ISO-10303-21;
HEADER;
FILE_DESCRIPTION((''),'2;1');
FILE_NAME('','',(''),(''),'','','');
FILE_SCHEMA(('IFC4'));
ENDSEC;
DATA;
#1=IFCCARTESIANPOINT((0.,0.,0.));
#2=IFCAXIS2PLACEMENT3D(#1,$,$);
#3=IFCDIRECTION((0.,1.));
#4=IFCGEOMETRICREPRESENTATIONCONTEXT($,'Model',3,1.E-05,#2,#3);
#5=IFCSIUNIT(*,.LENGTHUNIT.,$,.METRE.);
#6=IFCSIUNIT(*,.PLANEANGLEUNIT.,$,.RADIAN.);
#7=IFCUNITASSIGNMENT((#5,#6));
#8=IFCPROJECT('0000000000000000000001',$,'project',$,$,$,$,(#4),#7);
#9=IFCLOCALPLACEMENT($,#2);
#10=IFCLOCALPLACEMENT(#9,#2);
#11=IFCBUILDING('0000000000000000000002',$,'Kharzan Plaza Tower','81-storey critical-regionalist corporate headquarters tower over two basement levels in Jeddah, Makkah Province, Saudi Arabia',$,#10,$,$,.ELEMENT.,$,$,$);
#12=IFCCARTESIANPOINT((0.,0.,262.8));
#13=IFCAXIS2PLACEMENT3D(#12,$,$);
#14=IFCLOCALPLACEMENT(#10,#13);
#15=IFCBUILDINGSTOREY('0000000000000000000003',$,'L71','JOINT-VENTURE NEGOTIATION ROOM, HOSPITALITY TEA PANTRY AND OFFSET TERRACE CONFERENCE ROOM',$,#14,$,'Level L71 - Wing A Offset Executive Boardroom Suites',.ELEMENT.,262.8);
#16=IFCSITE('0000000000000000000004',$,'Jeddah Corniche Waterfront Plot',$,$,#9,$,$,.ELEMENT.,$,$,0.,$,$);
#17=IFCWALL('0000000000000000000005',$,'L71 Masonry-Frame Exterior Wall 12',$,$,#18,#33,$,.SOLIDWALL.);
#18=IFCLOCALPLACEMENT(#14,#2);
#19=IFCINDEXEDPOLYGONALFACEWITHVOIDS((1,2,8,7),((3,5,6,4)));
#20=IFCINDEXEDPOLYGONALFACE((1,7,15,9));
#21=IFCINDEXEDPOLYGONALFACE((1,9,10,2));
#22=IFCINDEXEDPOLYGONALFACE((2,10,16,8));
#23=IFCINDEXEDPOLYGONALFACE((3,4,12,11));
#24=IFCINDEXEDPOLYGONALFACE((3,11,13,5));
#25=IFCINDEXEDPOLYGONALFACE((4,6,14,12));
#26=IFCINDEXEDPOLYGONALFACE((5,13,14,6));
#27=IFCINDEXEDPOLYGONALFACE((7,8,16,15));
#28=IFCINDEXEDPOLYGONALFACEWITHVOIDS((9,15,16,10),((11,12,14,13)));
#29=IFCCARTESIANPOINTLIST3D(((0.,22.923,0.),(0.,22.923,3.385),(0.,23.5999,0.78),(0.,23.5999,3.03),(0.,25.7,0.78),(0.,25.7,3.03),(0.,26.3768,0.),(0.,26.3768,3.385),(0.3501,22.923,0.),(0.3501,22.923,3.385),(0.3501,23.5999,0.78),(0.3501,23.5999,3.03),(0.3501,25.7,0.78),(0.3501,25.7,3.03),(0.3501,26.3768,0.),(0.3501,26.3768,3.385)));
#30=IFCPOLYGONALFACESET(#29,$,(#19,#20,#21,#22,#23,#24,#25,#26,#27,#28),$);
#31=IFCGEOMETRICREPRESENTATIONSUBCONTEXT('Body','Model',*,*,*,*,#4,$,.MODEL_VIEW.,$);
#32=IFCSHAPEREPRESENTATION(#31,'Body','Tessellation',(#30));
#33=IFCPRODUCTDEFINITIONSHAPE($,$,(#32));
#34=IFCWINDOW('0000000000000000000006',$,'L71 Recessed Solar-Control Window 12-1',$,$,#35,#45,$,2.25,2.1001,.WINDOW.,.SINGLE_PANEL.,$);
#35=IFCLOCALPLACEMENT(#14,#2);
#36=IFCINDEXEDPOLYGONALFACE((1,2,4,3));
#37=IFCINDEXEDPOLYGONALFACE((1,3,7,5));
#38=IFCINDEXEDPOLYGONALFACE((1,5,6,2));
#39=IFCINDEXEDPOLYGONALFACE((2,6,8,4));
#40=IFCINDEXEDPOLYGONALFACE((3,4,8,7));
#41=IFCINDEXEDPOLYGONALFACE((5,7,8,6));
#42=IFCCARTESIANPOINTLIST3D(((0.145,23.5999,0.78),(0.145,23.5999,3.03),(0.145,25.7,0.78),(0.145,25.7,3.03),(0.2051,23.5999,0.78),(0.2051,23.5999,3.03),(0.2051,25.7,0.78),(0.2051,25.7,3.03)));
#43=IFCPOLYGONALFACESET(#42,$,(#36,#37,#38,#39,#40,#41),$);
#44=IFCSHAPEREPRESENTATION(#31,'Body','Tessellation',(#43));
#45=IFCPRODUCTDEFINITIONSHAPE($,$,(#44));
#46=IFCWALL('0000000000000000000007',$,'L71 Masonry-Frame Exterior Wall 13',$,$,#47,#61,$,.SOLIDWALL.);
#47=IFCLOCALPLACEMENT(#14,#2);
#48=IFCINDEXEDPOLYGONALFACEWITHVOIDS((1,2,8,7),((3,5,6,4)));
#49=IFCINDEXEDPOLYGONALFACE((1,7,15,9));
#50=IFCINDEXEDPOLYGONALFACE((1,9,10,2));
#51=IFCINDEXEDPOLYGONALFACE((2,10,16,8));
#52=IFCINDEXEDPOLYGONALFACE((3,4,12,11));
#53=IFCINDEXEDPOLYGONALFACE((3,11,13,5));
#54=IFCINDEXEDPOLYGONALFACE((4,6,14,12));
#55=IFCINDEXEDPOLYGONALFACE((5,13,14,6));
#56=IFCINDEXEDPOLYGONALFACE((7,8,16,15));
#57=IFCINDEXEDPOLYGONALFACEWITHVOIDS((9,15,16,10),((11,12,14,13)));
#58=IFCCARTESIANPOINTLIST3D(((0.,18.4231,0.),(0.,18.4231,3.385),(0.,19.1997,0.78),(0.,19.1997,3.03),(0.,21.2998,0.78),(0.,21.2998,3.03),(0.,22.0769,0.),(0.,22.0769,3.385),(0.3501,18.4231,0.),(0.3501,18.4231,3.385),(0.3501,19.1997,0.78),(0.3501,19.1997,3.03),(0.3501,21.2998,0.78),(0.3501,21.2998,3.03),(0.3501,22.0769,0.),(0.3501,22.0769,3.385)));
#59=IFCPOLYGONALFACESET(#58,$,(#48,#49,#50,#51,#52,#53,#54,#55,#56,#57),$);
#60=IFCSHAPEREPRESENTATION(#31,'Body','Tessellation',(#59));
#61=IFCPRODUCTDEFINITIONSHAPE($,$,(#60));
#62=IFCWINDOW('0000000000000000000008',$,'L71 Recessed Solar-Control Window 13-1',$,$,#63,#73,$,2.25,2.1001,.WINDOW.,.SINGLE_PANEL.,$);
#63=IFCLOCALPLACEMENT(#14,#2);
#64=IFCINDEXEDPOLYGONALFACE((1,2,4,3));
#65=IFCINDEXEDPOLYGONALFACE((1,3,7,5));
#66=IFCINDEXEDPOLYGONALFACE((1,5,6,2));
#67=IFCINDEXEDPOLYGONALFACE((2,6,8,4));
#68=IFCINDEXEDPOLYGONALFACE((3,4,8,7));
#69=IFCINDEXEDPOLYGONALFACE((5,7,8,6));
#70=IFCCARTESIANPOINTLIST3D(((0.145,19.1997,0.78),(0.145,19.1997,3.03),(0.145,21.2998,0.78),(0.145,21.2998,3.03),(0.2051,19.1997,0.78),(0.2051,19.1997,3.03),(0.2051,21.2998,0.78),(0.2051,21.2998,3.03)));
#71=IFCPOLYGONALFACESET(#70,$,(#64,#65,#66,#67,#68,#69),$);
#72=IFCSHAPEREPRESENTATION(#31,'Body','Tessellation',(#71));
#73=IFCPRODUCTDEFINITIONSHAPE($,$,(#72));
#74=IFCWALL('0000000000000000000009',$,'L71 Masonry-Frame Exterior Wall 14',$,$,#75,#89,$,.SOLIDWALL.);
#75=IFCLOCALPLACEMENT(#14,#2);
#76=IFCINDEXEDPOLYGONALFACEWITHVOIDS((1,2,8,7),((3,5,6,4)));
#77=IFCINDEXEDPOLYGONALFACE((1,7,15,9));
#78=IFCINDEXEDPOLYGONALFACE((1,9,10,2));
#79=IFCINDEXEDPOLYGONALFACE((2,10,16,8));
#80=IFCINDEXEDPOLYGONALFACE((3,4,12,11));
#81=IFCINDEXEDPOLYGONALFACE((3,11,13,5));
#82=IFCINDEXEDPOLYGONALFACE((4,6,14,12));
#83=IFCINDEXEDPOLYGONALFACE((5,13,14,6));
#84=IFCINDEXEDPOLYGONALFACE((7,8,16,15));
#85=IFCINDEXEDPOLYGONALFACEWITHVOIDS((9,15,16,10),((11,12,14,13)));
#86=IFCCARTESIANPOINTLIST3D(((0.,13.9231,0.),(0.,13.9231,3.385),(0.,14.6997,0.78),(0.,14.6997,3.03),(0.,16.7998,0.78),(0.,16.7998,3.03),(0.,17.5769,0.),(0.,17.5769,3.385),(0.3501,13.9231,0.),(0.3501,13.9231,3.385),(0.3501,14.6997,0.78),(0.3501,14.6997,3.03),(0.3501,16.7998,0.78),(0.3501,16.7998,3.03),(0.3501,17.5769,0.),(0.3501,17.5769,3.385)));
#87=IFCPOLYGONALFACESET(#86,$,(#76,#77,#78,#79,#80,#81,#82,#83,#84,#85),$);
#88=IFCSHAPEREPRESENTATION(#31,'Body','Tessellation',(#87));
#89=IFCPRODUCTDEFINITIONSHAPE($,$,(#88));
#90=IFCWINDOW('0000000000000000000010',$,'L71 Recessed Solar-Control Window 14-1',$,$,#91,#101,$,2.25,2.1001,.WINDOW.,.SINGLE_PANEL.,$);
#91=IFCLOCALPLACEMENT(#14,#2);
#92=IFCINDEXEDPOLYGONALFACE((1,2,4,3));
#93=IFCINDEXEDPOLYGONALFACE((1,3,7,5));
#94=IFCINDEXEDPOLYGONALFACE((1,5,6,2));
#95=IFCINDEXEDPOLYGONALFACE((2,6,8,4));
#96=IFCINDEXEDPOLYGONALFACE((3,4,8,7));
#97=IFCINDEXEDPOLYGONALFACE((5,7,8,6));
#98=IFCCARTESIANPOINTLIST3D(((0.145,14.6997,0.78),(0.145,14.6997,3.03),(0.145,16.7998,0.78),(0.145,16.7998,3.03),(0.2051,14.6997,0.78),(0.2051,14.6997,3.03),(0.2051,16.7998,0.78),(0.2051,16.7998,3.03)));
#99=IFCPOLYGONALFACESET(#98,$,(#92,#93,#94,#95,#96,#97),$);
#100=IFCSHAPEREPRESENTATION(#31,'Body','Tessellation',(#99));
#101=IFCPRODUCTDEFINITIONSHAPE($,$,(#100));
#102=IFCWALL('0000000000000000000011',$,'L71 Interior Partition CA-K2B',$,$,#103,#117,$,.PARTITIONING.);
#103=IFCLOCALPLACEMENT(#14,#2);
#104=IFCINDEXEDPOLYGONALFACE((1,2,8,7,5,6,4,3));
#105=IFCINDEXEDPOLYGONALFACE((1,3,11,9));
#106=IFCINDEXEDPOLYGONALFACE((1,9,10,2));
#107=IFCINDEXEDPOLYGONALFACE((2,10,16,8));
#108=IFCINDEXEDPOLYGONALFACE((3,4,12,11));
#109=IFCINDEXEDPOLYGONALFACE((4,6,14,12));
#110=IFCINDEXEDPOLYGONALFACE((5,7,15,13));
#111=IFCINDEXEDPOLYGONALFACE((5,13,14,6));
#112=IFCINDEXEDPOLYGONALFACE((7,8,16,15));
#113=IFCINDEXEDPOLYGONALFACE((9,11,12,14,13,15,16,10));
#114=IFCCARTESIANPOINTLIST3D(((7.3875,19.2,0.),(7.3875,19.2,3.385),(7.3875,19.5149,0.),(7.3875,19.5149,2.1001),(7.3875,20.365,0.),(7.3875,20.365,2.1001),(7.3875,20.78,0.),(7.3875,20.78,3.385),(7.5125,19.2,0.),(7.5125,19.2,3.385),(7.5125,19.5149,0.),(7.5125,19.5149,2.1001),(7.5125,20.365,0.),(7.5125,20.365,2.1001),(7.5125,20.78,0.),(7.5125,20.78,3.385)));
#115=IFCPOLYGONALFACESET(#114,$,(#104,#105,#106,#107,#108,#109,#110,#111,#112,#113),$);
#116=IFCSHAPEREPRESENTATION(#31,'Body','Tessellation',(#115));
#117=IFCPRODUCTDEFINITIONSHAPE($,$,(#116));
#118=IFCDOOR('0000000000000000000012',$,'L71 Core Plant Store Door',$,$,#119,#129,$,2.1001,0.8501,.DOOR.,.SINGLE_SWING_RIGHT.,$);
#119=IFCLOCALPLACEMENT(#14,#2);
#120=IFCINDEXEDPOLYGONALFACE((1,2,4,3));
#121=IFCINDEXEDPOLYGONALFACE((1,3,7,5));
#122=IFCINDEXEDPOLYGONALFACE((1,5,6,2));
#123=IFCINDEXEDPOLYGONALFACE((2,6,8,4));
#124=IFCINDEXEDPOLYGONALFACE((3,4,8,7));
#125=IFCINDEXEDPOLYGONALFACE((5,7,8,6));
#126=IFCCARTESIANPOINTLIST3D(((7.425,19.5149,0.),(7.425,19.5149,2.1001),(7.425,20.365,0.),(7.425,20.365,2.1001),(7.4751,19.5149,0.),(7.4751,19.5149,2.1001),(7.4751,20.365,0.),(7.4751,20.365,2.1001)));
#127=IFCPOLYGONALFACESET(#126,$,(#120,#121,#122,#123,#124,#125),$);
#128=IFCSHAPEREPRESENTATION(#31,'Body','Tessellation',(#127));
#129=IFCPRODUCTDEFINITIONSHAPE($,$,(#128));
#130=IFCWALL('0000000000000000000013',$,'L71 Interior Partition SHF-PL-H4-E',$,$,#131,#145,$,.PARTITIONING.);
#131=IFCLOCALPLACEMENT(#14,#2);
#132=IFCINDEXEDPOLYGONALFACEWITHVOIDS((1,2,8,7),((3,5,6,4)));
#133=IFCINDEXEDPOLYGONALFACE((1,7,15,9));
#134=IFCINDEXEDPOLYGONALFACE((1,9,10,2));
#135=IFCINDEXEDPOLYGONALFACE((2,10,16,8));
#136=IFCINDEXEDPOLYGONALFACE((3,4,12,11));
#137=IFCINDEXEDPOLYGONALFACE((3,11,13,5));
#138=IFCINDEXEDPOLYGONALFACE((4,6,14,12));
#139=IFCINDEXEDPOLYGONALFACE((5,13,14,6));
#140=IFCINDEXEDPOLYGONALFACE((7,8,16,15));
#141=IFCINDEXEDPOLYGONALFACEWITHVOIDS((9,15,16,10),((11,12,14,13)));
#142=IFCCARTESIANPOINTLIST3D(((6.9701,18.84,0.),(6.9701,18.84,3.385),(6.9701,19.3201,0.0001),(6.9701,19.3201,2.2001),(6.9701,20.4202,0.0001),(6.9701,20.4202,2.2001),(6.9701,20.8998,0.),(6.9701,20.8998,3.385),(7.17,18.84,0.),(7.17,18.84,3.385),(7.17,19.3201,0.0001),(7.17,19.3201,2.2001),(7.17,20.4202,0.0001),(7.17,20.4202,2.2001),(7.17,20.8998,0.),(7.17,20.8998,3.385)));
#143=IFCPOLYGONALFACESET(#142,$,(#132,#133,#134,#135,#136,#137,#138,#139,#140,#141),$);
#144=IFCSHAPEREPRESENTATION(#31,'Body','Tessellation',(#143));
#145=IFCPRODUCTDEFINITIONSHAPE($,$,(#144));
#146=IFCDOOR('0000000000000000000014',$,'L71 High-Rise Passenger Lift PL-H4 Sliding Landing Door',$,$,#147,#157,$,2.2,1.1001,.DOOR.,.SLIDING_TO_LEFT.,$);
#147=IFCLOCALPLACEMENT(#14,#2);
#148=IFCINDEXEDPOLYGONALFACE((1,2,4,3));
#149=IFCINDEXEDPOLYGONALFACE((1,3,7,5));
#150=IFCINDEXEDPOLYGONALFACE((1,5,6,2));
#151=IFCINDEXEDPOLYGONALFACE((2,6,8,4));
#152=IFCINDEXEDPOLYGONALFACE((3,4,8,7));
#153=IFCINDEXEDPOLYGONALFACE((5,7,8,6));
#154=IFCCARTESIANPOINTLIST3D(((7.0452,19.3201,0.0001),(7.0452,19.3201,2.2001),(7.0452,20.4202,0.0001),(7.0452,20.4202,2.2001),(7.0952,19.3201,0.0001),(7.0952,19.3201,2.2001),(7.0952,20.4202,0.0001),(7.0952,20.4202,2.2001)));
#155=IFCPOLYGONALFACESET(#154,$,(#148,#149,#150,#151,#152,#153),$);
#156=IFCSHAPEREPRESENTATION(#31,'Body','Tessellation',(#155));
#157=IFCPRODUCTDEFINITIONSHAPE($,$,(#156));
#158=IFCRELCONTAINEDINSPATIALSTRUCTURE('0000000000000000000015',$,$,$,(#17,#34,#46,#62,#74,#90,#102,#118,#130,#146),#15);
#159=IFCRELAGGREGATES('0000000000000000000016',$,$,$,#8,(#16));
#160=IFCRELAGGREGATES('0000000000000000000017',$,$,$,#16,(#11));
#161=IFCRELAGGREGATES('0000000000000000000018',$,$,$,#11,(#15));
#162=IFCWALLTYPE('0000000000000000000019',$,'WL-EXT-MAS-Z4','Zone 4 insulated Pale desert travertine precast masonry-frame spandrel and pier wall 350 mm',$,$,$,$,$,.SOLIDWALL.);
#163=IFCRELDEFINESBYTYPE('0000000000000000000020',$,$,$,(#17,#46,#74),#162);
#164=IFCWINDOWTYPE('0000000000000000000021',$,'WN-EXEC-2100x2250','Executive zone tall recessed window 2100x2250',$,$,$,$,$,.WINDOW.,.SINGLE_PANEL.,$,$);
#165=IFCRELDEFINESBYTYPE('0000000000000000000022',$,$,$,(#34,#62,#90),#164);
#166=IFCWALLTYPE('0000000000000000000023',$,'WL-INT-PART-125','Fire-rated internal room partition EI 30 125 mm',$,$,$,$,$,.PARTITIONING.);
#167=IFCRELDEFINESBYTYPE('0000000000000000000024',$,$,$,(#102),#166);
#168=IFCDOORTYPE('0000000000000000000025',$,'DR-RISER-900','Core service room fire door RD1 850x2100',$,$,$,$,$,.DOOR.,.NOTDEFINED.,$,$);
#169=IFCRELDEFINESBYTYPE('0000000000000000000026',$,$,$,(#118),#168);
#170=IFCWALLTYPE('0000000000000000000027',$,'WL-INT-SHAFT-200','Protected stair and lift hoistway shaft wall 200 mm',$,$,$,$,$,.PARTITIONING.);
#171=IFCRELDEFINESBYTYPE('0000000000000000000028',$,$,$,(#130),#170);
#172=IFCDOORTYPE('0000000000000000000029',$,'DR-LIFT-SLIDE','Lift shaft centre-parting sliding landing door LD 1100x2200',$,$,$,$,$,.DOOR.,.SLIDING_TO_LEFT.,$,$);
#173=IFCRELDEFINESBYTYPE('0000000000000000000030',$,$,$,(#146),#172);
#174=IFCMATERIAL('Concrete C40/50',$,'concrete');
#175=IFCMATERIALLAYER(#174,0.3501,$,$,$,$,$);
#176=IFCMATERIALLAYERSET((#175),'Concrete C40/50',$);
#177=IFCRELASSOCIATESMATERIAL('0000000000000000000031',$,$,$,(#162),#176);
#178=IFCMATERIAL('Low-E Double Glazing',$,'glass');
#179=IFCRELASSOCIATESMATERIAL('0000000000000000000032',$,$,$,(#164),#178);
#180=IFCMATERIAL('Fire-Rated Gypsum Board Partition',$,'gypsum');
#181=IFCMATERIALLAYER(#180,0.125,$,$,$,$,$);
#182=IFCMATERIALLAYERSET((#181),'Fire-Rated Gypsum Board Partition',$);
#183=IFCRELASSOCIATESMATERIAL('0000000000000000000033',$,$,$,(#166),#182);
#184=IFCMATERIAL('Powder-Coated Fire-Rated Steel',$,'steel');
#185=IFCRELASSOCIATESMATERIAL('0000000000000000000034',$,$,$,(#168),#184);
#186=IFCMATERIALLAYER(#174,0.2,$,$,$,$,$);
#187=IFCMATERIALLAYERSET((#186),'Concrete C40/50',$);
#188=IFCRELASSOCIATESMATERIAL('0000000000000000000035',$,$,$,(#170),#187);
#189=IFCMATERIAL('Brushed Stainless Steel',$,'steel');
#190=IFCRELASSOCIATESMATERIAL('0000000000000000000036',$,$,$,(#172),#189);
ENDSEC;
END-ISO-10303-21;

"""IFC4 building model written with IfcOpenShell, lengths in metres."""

from ifc_helpers import new_model, si_unit, direction, frame, frame_2d, origin, place, context, subcontext, project, spatial, rectangle, extrude, source, transform, mapped, material, layer, layer_set, type_object, element, fill, save


model = new_model("IFC4")

# Units and contexts
model_context = context("Model", 3, precision=1e-05, world=origin(), true_north=direction((0.0, 1.0)))
body_context = subcontext(model_context, "Body", "Model", "MODEL_VIEW")
ifc_project = project(units=[si_unit("LENGTHUNIT", "METRE"), si_unit("PLANEANGLEUNIT", "RADIAN")], contexts=[model_context])

# Site, building, storey
site_placement = place(None, origin())
site = spatial("IfcSite", under=ifc_project, at=site_placement, Name="Jeddah Corniche Waterfront Plot", CompositionType="ELEMENT", RefElevation=0.0)
building_placement = place(site_placement, origin())
building = spatial("IfcBuilding", under=site, at=building_placement, Name="Kharzan Plaza Tower", Description="81-storey critical-regionalist corporate headquarters tower over two basement levels in Jeddah, Makkah Province, Saudi Arabia", CompositionType="ELEMENT")
storey_placement = place(building_placement, frame((0.0, 0.0, 262.8)))
storey = spatial("IfcBuildingStorey", under=building, at=storey_placement, Name="L71", Description="JOINT-VENTURE NEGOTIATION ROOM, HOSPITALITY TEA PANTRY AND OFFSET TERRACE CONFERENCE ROOM", LongName="Level L71 - Wing A Offset Executive Boardroom Suites", CompositionType="ELEMENT", Elevation=262.8)

# Walls, openings, windows
ifc_material_1 = material(Name="Concrete C40/50", Category="concrete")
ifc_layer_1 = layer(ifc_material_1, 0.3501)
ifc_layer_set_1 = layer_set([ifc_layer_1], Name="Concrete C40/50")
wall_type_1 = type_object("IfcWallType", Name="WL-EXT-MAS-Z4", Description="Zone 4 insulated Pale desert travertine precast masonry-frame spandrel and pier wall 350 mm", PredefinedType="SOLIDWALL", material=ifc_layer_set_1)
wall_1_placement = place(storey_placement, frame((0.175, 26.377, 0.0), z_axis=(0.0, 0.0, 1.0), x_axis=(0.0, -1.0, 0.0)))
wall_1 = element("IfcWall", 1, at=wall_1_placement, inside=storey, type_object=wall_type_1, Name="L71 Masonry-Frame Exterior Wall 12", PredefinedType="SOLIDWALL", context=body_context, shape_type="SweptSolid", body=[
    extrude(rectangle(XDim=3.4539, YDim=0.3501, at=frame_2d((1.7271, 0.0))), origin(), (0.0, 0.0, 1.0), 3.385),
])
opening_1_placement = place(wall_1_placement, frame((0.677, 0.0, 0.78)))
opening_1 = element("IfcOpeningElement", 2, at=opening_1_placement, cuts=wall_1, PredefinedType="OPENING", context=body_context, shape_type="SweptSolid", body=[
    extrude(rectangle(XDim=2.1001, YDim=2.25, at=frame_2d((1.05, 1.125))), frame((0.0, 0.1851, 0.0), z_axis=(0.0, -1.0, 0.0), x_axis=(1.0, 0.0, 0.0)), (0.0, 0.0, 1.0), 0.3701),
])
ifc_material_2 = material(Name="Low-E Double Glazing", Category="glass")
window_type = type_object("IfcWindowType", Name="WN-EXEC-2100x2250", Description="Executive zone tall recessed window 2100x2250", PartitioningType="SINGLE_PANEL", PredefinedType="WINDOW", material=ifc_material_2)
shared_shape_1 = source(origin(), body_context, "Body", "SweptSolid", [
    extrude(rectangle(XDim=2.1001, YDim=2.25, at=frame_2d((1.05, 1.125))), frame((0.0, 0.03, 0.0), z_axis=(0.0, -1.0, 0.0), x_axis=(1.0, 0.0, 0.0)), (0.0, 0.0, 1.0), 0.0601),
])
window_1_placement = place(opening_1_placement, origin())
window_1 = element("IfcWindow", 3, at=window_1_placement, inside=storey, type_object=window_type, Name="L71 Recessed Solar-Control Window 12-1", OverallHeight=2.25, OverallWidth=2.1001, PartitioningType="SINGLE_PANEL", PredefinedType="WINDOW", context=body_context, shape_type="MappedRepresentation", body=[
    mapped(shared_shape_1, transform((0.0, 0.0, 0.0), x_axis=(1.0, 0.0, 0.0), y_axis=(0.0, 1.0, 0.0), z_axis=(0.0, 0.0, 1.0))),
])
fill(opening_1, window_1)
wall_2_placement = place(storey_placement, frame((0.175, 22.0769, 0.0), z_axis=(0.0, 0.0, 1.0), x_axis=(0.0, -1.0, 0.0)))
wall_2 = element("IfcWall", 4, at=wall_2_placement, inside=storey, type_object=wall_type_1, Name="L71 Masonry-Frame Exterior Wall 13", PredefinedType="SOLIDWALL", context=body_context, shape_type="SweptSolid", body=[
    extrude(rectangle(XDim=3.6538, YDim=0.3501, at=frame_2d((1.8269, 0.0))), origin(), (0.0, 0.0, 1.0), 3.385),
])
opening_2_placement = place(wall_2_placement, frame((0.7771, 0.0, 0.78)))
opening_2 = element("IfcOpeningElement", 5, at=opening_2_placement, cuts=wall_2, PredefinedType="OPENING", context=body_context, shape_type="SweptSolid", body=[
    extrude(rectangle(XDim=2.1001, YDim=2.25, at=frame_2d((1.05, 1.125))), frame((0.0, 0.1851, 0.0), z_axis=(0.0, -1.0, 0.0), x_axis=(1.0, 0.0, 0.0)), (0.0, 0.0, 1.0), 0.3701),
])
window_2_placement = place(opening_2_placement, origin())
window_2 = element("IfcWindow", 6, at=window_2_placement, inside=storey, type_object=window_type, Name="L71 Recessed Solar-Control Window 13-1", OverallHeight=2.25, OverallWidth=2.1001, PartitioningType="SINGLE_PANEL", PredefinedType="WINDOW", context=body_context, shape_type="MappedRepresentation", body=[
    mapped(shared_shape_1, transform((0.0, 0.0, 0.0), x_axis=(1.0, 0.0, 0.0), y_axis=(0.0, 1.0, 0.0), z_axis=(0.0, 0.0, 1.0))),
])
fill(opening_2, window_2)
wall_3_placement = place(storey_placement, frame((0.175, 17.5769, 0.0), z_axis=(0.0, 0.0, 1.0), x_axis=(0.0, -1.0, 0.0)))
wall_3 = element("IfcWall", 7, at=wall_3_placement, inside=storey, type_object=wall_type_1, Name="L71 Masonry-Frame Exterior Wall 14", PredefinedType="SOLIDWALL", context=body_context, shape_type="SweptSolid", body=[
    extrude(rectangle(XDim=3.6538, YDim=0.3501, at=frame_2d((1.8269, 0.0))), origin(), (0.0, 0.0, 1.0), 3.385),
])
opening_3_placement = place(wall_3_placement, frame((0.7771, 0.0, 0.78)))
opening_3 = element("IfcOpeningElement", 8, at=opening_3_placement, cuts=wall_3, PredefinedType="OPENING", context=body_context, shape_type="SweptSolid", body=[
    extrude(rectangle(XDim=2.1001, YDim=2.25, at=frame_2d((1.05, 1.125))), frame((0.0, 0.1851, 0.0), z_axis=(0.0, -1.0, 0.0), x_axis=(1.0, 0.0, 0.0)), (0.0, 0.0, 1.0), 0.3701),
])
window_3_placement = place(opening_3_placement, origin())
window_3 = element("IfcWindow", 9, at=window_3_placement, inside=storey, type_object=window_type, Name="L71 Recessed Solar-Control Window 14-1", OverallHeight=2.25, OverallWidth=2.1001, PartitioningType="SINGLE_PANEL", PredefinedType="WINDOW", context=body_context, shape_type="MappedRepresentation", body=[
    mapped(shared_shape_1, transform((0.0, 0.0, 0.0), x_axis=(1.0, 0.0, 0.0), y_axis=(0.0, 1.0, 0.0), z_axis=(0.0, 0.0, 1.0))),
])
fill(opening_3, window_3)

# Walls, openings, doors
ifc_material_3 = material(Name="Fire-Rated Gypsum Board Partition", Category="gypsum")
ifc_layer_2 = layer(ifc_material_3, 0.125)
ifc_layer_set_2 = layer_set([ifc_layer_2], Name="Fire-Rated Gypsum Board Partition")
wall_type_2 = type_object("IfcWallType", Name="WL-INT-PART-125", Description="Fire-rated internal room partition EI 30 125 mm", PredefinedType="PARTITIONING", material=ifc_layer_set_2)
wall_4_placement = place(storey_placement, frame((7.45, 19.2, 0.0), z_axis=(0.0, 0.0, 1.0), x_axis=(0.0, 1.0, 0.0)))
wall_4 = element("IfcWall", 10, at=wall_4_placement, inside=storey, type_object=wall_type_2, Name="L71 Interior Partition CA-K2B", PredefinedType="PARTITIONING", context=body_context, shape_type="SweptSolid", body=[
    extrude(rectangle(XDim=1.5801, YDim=0.125, at=frame_2d((0.79, 0.0))), origin(), (0.0, 0.0, 1.0), 3.385),
])
opening_4_placement = place(wall_4_placement, frame((0.3149, 0.0, 0.0)))
opening_4 = element("IfcOpeningElement", 11, at=opening_4_placement, cuts=wall_4, PredefinedType="OPENING", context=body_context, shape_type="SweptSolid", body=[
    extrude(rectangle(XDim=0.8501, YDim=2.1001, at=frame_2d((0.425, 1.05))), frame((0.0, 0.0725, 0.0), z_axis=(0.0, -1.0, 0.0), x_axis=(1.0, 0.0, 0.0)), (0.0, 0.0, 1.0), 0.145),
])
ifc_material_4 = material(Name="Powder-Coated Fire-Rated Steel", Category="steel")
door_type_1 = type_object("IfcDoorType", Name="DR-RISER-900", Description="Core service room fire door RD1 850x2100", OperationType="NOTDEFINED", PredefinedType="DOOR", material=ifc_material_4)
shared_shape_2 = source(origin(), body_context, "Body", "SweptSolid", [
    extrude(rectangle(XDim=0.8501, YDim=2.1001, at=frame_2d((0.425, 1.05))), frame((0.0, 0.0249, 0.0), z_axis=(0.0, -1.0, 0.0), x_axis=(1.0, 0.0, 0.0)), (0.0, 0.0, 1.0), 0.05),
])
door_1_placement = place(opening_4_placement, origin())
door_1 = element("IfcDoor", 12, at=door_1_placement, inside=storey, type_object=door_type_1, Name="L71 Core Plant Store Door", OperationType="SINGLE_SWING_RIGHT", OverallHeight=2.1001, OverallWidth=0.8501, PredefinedType="DOOR", context=body_context, shape_type="MappedRepresentation", body=[
    mapped(shared_shape_2, transform((0.0, 0.0, 0.0), x_axis=(1.0, 0.0, 0.0), y_axis=(0.0, 1.0, 0.0), z_axis=(0.0, 0.0, 1.0))),
])
fill(opening_4, door_1)
ifc_layer_3 = layer(ifc_material_1, 0.2)
ifc_layer_set_3 = layer_set([ifc_layer_3], Name="Concrete C40/50")
wall_type_3 = type_object("IfcWallType", Name="WL-INT-SHAFT-200", Description="Protected stair and lift hoistway shaft wall 200 mm", PredefinedType="PARTITIONING", material=ifc_layer_set_3)
wall_5_placement = place(storey_placement, frame((7.0701, 18.8401, 0.0), z_axis=(0.0, 0.0, 1.0), x_axis=(0.0, 1.0, 0.0)))
wall_5 = element("IfcWall", 13, at=wall_5_placement, inside=storey, type_object=wall_type_3, Name="L71 Interior Partition SHF-PL-H4-E", PredefinedType="PARTITIONING", context=body_context, shape_type="SweptSolid", body=[
    extrude(rectangle(XDim=2.0598, YDim=0.2, at=frame_2d((1.0298, 0.0))), origin(), (0.0, 0.0, 1.0), 3.385),
])
opening_5_placement = place(wall_5_placement, frame((0.48, 0.0, 0.0)))
opening_5 = element("IfcOpeningElement", 14, at=opening_5_placement, cuts=wall_5, PredefinedType="OPENING", context=body_context, shape_type="SweptSolid", body=[
    extrude(rectangle(XDim=1.1001, YDim=2.2, at=frame_2d((0.55, 1.1001))), frame((0.0, 0.1099, 0.0), z_axis=(0.0, -1.0, 0.0), x_axis=(1.0, 0.0, 0.0)), (0.0, 0.0, 1.0), 0.22),
])
ifc_material_5 = material(Name="Brushed Stainless Steel", Category="steel")
door_type_2 = type_object("IfcDoorType", Name="DR-LIFT-SLIDE", Description="Lift shaft centre-parting sliding landing door LD 1100x2200", OperationType="SLIDING_TO_LEFT", PredefinedType="DOOR", material=ifc_material_5)
shared_shape_3 = source(origin(), body_context, "Body", "SweptSolid", [
    extrude(rectangle(XDim=1.1001, YDim=2.2, at=frame_2d((0.55, 1.1001))), frame((0.0, 0.0249, 0.0), z_axis=(0.0, -1.0, 0.0), x_axis=(1.0, 0.0, 0.0)), (0.0, 0.0, 1.0), 0.05),
])
door_2_placement = place(opening_5_placement, origin())
door_2 = element("IfcDoor", 15, at=door_2_placement, inside=storey, type_object=door_type_2, Name="L71 High-Rise Passenger Lift PL-H4 Sliding Landing Door", OperationType="SLIDING_TO_LEFT", OverallHeight=2.2, OverallWidth=1.1001, PredefinedType="DOOR", context=body_context, shape_type="MappedRepresentation", body=[
    mapped(shared_shape_3, transform((0.0, 0.0, 0.0), x_axis=(1.0, 0.0, 0.0), y_axis=(0.0, 1.0, 0.0), z_axis=(0.0, 0.0, 1.0))),
])
fill(opening_5, door_2)

save(model, "model.ifc")
